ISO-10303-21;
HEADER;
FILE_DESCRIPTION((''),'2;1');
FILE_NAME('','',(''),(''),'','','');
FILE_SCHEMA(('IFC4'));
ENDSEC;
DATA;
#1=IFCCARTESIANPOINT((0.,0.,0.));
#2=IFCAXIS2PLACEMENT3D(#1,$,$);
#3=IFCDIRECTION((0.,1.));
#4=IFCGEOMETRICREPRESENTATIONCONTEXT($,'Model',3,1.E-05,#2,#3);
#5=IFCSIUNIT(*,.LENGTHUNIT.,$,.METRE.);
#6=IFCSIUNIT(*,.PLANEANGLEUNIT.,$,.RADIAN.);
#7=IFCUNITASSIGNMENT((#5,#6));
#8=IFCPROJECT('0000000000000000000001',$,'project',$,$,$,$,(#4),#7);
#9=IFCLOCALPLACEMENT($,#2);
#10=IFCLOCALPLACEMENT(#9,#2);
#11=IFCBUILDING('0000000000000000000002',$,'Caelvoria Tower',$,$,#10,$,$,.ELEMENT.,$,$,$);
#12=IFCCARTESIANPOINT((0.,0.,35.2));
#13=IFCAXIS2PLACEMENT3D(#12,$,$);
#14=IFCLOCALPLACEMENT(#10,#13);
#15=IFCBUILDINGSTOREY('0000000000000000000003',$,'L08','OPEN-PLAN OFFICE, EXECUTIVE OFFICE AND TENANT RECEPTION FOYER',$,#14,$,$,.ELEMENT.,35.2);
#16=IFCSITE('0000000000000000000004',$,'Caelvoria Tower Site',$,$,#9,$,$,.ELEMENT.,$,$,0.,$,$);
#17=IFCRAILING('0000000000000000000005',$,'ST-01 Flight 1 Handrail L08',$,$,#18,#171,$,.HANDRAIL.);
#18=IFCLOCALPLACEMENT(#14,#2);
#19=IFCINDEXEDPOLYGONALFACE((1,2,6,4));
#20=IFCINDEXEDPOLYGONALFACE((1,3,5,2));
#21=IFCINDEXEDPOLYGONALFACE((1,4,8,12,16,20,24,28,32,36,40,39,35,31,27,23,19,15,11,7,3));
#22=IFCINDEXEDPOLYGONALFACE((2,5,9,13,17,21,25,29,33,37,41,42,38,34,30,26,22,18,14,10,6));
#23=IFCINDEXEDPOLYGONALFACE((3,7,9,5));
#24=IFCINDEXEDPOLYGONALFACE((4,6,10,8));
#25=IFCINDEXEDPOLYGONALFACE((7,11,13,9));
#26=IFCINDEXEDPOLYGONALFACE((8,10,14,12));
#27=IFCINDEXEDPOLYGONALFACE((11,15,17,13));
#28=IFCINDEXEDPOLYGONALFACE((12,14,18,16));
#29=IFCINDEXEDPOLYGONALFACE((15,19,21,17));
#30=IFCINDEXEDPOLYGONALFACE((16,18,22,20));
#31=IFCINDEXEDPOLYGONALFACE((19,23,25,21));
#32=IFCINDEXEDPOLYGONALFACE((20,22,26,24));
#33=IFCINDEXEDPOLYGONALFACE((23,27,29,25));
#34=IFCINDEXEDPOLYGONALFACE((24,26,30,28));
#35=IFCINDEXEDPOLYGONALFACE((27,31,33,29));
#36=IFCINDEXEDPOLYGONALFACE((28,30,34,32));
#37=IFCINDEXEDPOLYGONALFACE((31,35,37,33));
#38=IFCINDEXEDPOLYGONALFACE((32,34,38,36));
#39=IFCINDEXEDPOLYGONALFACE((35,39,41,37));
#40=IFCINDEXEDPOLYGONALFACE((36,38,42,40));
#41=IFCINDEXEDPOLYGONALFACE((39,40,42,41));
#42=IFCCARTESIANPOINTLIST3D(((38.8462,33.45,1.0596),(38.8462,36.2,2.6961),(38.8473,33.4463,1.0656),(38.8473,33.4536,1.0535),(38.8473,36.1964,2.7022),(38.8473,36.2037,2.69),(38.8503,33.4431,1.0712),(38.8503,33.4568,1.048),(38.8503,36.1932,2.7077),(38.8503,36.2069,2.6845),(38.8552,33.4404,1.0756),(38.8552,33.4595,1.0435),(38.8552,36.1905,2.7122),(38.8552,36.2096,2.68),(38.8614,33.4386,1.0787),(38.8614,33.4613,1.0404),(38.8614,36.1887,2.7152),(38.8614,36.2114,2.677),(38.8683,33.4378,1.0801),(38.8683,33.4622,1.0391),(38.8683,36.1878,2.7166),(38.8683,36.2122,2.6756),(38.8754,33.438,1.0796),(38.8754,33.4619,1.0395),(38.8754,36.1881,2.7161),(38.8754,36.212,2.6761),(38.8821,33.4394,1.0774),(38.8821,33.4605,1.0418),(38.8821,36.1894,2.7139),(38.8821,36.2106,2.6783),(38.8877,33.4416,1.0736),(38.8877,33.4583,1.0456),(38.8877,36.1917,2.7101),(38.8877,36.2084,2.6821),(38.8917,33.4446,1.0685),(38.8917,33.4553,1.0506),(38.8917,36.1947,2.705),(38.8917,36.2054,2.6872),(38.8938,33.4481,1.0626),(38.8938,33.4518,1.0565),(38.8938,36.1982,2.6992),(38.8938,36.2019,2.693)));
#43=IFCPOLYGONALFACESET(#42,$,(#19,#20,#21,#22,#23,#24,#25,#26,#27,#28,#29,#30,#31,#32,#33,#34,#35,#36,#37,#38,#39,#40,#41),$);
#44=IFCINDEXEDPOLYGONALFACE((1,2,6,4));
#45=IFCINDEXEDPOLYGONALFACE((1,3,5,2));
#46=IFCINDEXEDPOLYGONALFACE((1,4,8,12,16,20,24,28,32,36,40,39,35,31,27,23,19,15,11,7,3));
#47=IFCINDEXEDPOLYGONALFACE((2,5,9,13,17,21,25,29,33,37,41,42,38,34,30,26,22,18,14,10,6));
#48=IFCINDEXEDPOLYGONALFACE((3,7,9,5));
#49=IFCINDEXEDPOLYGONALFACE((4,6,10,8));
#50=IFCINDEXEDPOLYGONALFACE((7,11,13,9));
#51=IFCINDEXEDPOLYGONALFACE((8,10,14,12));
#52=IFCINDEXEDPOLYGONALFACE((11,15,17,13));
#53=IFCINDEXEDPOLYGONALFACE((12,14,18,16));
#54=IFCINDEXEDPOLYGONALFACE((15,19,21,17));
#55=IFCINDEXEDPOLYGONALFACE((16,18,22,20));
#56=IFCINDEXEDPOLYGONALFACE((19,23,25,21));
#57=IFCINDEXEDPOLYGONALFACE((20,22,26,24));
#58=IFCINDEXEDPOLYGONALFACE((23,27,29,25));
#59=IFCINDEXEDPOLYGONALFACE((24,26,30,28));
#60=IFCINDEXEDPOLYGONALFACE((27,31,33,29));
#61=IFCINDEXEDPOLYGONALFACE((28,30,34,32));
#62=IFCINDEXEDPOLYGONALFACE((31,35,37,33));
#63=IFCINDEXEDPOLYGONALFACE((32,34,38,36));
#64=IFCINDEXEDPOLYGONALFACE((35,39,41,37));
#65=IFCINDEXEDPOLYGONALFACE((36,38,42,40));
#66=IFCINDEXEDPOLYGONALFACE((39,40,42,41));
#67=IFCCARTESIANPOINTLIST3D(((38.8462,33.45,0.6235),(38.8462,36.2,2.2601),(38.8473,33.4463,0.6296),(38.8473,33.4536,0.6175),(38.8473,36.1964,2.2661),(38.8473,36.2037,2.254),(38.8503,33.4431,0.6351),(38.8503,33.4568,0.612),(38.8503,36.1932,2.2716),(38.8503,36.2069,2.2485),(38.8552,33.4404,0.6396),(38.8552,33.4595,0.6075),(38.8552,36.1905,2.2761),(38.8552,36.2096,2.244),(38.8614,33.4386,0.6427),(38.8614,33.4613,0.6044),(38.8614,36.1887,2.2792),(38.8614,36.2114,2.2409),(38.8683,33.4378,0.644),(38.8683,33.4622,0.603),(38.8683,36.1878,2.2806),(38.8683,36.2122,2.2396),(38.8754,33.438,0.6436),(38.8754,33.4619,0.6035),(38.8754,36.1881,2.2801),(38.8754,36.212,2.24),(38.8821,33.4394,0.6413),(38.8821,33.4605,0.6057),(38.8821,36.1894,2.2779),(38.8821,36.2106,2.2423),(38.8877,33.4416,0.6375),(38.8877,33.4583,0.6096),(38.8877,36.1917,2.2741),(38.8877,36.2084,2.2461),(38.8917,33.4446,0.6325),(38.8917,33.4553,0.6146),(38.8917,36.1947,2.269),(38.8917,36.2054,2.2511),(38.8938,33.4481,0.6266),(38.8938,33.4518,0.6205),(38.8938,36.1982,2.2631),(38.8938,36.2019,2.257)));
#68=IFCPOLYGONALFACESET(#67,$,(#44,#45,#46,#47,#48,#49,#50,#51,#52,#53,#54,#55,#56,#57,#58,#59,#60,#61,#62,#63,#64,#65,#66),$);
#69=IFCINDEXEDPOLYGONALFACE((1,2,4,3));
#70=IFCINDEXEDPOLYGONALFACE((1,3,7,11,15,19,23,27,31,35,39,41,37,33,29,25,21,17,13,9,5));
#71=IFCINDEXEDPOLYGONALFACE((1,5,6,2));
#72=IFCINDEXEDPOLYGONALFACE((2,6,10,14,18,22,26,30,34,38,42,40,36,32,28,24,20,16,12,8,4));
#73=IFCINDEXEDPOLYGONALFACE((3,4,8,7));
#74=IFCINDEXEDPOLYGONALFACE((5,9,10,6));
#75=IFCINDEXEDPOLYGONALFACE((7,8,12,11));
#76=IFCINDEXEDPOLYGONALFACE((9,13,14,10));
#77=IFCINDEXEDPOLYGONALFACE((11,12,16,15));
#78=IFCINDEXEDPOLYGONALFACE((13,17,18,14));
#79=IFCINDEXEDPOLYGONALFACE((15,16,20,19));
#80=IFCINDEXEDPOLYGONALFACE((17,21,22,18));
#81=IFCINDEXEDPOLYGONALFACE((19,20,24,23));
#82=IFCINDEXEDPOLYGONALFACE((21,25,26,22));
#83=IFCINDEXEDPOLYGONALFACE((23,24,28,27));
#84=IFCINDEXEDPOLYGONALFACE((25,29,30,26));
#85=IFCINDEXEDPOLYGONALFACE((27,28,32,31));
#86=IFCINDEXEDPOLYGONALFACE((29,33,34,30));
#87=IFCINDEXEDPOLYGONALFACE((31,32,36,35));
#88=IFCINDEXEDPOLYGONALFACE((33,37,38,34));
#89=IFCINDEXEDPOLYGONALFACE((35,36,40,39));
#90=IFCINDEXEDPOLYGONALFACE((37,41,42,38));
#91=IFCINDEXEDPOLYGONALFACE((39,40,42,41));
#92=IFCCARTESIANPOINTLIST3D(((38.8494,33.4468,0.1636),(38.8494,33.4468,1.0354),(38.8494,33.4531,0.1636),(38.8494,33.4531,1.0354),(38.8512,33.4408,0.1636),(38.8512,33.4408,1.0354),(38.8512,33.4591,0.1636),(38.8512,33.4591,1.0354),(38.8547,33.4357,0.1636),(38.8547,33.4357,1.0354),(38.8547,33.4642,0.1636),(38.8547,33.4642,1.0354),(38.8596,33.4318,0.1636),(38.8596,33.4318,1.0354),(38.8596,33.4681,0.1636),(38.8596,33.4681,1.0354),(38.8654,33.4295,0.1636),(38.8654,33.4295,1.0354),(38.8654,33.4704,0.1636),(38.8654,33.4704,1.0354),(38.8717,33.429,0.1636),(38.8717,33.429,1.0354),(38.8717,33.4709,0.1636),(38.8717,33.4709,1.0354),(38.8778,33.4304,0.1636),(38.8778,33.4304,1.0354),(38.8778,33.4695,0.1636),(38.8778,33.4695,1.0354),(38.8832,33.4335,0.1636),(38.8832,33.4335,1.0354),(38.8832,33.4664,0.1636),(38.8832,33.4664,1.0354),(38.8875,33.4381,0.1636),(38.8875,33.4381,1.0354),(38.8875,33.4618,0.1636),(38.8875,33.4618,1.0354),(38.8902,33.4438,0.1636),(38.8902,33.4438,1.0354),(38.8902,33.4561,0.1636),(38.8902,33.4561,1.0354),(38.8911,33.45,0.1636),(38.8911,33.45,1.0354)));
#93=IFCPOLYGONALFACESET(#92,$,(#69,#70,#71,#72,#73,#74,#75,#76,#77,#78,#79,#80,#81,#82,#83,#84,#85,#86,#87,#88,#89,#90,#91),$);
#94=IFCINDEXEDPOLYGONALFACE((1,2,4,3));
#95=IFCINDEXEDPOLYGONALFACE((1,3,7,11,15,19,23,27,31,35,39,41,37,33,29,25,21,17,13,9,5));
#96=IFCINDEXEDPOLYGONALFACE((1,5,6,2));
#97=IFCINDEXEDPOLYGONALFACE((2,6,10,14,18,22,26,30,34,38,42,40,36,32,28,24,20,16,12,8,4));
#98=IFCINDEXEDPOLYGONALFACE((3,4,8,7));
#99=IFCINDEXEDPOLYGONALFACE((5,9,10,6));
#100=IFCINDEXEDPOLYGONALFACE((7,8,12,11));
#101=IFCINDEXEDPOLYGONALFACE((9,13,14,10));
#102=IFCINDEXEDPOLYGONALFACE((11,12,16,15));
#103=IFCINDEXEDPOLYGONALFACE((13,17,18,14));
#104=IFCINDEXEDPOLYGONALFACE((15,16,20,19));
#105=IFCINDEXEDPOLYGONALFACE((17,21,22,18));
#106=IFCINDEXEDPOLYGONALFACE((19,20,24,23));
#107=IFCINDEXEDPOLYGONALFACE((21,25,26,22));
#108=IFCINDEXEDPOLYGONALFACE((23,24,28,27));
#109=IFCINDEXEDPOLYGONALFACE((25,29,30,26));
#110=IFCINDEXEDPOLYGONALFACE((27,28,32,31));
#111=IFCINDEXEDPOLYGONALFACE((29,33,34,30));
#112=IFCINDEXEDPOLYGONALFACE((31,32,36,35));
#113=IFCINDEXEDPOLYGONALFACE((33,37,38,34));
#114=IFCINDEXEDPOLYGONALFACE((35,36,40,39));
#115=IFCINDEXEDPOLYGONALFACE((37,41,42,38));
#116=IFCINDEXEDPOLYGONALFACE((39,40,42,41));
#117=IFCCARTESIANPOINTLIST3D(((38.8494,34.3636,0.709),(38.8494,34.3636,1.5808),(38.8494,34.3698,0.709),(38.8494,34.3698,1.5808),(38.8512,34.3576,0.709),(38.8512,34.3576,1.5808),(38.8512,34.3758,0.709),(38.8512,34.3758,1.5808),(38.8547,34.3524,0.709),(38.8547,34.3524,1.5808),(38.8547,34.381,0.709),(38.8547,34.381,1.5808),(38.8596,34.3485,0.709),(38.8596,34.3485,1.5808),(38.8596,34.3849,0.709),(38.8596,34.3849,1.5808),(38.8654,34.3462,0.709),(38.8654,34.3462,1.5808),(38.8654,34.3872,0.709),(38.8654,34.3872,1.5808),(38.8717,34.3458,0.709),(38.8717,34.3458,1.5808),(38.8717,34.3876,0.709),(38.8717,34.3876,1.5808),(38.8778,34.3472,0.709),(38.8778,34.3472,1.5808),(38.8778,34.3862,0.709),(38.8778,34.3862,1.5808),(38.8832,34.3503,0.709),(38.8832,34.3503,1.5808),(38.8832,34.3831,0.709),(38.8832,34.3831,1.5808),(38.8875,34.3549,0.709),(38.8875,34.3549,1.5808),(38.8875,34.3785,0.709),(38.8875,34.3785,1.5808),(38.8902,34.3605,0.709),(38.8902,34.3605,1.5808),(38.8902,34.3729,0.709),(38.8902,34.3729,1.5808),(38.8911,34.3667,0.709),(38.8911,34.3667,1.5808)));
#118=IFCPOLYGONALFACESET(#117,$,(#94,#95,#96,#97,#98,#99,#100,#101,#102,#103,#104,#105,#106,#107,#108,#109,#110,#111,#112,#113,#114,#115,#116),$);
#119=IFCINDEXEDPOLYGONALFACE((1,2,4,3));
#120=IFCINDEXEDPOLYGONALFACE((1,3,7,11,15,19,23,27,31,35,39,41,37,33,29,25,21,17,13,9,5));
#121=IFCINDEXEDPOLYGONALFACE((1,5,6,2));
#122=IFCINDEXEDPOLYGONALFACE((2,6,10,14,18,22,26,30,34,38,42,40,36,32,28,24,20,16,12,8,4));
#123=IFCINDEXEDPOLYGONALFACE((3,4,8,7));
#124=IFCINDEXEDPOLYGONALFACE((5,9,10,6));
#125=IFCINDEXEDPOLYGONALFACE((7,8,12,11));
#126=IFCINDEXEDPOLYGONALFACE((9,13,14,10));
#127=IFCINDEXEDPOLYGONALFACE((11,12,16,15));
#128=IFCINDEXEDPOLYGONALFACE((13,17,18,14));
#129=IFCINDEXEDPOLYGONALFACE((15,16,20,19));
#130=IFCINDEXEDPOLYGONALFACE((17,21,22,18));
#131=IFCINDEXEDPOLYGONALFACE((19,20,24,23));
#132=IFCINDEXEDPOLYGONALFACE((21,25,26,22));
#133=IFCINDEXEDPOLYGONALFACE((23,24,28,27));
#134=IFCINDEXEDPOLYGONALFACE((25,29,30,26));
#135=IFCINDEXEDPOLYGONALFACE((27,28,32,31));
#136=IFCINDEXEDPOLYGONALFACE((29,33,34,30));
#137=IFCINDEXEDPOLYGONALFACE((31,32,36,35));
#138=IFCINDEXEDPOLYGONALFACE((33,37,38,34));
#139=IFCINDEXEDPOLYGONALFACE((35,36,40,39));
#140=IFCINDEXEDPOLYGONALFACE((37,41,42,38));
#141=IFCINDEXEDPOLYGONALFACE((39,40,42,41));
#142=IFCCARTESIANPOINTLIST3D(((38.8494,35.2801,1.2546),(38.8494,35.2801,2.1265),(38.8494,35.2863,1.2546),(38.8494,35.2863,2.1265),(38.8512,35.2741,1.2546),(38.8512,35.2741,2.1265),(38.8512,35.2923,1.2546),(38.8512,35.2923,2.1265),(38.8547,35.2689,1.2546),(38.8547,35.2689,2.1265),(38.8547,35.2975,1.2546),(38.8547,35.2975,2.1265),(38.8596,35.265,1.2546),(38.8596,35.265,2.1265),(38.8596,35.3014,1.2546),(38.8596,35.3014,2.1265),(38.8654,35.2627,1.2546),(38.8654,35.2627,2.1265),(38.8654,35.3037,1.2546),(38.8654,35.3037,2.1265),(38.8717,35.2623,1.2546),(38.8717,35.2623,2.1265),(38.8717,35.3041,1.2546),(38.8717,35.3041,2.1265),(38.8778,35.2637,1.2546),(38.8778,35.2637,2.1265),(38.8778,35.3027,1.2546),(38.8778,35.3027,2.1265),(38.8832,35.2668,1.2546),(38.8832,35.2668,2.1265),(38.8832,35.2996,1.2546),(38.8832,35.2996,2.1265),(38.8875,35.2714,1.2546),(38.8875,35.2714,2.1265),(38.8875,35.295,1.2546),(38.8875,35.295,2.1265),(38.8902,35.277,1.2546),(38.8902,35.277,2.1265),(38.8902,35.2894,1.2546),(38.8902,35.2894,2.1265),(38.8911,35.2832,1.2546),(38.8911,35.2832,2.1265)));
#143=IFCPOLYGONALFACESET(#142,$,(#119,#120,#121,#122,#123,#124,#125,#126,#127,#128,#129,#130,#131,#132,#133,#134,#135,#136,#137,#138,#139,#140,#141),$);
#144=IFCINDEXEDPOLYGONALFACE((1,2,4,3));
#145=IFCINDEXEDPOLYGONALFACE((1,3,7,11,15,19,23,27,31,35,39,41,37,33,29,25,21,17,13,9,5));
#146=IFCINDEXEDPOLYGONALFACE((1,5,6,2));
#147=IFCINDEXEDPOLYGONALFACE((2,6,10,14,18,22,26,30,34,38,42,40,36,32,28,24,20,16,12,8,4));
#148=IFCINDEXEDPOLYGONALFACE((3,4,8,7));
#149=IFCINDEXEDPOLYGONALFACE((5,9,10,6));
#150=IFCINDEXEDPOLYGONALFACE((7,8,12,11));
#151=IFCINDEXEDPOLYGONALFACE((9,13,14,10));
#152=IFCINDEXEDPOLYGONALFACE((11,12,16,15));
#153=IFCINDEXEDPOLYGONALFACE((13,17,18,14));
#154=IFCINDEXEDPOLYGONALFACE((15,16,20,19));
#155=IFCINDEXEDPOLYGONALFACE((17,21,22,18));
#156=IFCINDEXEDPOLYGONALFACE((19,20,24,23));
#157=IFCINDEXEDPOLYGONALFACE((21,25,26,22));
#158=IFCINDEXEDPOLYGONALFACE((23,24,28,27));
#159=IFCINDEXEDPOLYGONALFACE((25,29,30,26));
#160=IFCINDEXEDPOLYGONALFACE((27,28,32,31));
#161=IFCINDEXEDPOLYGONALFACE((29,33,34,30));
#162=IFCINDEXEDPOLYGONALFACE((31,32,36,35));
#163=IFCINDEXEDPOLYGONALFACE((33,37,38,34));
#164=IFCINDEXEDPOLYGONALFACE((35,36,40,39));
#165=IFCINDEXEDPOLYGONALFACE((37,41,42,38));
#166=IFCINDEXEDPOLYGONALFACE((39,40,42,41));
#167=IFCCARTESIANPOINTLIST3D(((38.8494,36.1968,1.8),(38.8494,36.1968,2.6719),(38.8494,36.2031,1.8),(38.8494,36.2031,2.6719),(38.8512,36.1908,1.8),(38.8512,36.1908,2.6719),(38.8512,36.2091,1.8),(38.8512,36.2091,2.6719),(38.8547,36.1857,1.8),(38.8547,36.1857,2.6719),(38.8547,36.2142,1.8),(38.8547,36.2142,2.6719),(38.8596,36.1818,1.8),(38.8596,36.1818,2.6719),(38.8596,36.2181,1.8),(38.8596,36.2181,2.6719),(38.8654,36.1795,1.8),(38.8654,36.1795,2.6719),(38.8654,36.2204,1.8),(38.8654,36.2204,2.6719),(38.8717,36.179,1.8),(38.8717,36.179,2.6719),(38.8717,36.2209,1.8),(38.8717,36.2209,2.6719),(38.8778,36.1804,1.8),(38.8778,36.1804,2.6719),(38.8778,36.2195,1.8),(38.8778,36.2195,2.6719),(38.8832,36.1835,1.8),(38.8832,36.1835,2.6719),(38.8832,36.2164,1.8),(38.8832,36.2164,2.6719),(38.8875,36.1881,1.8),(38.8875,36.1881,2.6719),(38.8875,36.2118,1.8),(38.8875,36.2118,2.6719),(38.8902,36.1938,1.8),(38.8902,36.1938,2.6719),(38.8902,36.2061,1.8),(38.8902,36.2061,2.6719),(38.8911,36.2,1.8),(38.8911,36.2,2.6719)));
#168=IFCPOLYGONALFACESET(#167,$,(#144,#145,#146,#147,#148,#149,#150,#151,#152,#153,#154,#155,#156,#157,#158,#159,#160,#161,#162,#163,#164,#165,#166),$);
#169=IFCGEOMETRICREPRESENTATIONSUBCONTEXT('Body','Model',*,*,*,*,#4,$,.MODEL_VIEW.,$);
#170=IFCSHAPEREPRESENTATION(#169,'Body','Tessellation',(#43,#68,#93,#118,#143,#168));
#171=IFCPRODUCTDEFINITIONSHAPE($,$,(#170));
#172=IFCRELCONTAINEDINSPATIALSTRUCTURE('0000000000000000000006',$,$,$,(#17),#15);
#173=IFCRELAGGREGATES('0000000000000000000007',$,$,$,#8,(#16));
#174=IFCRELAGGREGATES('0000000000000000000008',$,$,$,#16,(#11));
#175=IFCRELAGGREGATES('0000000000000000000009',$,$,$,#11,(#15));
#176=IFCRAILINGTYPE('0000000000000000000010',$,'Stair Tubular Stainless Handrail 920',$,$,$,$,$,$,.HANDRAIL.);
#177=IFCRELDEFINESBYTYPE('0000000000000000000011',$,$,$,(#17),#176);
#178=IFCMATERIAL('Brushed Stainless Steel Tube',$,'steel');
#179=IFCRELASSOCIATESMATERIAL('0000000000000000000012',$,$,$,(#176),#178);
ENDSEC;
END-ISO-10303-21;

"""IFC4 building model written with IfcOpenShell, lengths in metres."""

from ifc_helpers import new_model, si_unit, direction, frame, origin, origin_2d, place, context, subcontext, project, spatial, circle, extrude, material, type_object, element, save


model = new_model("IFC4")

# Units and contexts
model_context = context("Model", 3, precision=1e-05, world=origin(), true_north=direction((0.0, 1.0)))
body_context = subcontext(model_context, "Body", "Model", "MODEL_VIEW")
ifc_project = project(units=[si_unit("LENGTHUNIT", "METRE"), si_unit("PLANEANGLEUNIT", "RADIAN")], contexts=[model_context])

# Site, building, storey
site_placement = place(None, origin())
site = spatial("IfcSite", under=ifc_project, at=site_placement, Name="Caelvoria Tower Site", CompositionType="ELEMENT", RefElevation=0.0)
building_placement = place(site_placement, origin())
building = spatial("IfcBuilding", under=site, at=building_placement, Name="Caelvoria Tower", CompositionType="ELEMENT")
storey_placement = place(building_placement, frame((0.0, 0.0, 35.2)))
storey = spatial("IfcBuildingStorey", under=building, at=storey_placement, Name="L08", Description="OPEN-PLAN OFFICE, EXECUTIVE OFFICE AND TENANT RECEPTION FOYER", CompositionType="ELEMENT", Elevation=35.2)

# Railing
ifc_material_1 = material(Name="Brushed Stainless Steel Tube", Category="steel")
railing_type_1 = type_object("IfcRailingType", Name="Stair Tubular Stainless Handrail 920", PredefinedType="HANDRAIL", material=ifc_material_1)
railing_1_placement = place(storey_placement, frame((38.8701, 33.45, 0.1636)))
element("IfcRailing", 1, at=railing_1_placement, inside=storey, type_object=railing_type_1, Name="ST-01 Flight 1 Handrail L08", PredefinedType="HANDRAIL", context=body_context, shape_type="SweptSolid", body=[
    extrude(circle(Radius=0.0239, at=origin_2d()), frame((0.0, 0.0, 0.896), z_axis=(0.0, 0.859352, 0.511385), x_axis=(-1.0, 0.0, 0.0)), (0.0, 0.0, 1.0), 3.2002),
    extrude(circle(Radius=0.0239, at=origin_2d()), frame((0.0, 0.0, 0.46), z_axis=(0.0, 0.859352, 0.511385), x_axis=(-1.0, 0.0, 0.0)), (0.0, 0.0, 1.0), 3.2002),
    extrude(circle(Radius=0.021, at=origin_2d()), origin(), (0.0, 0.0, 1.0), 0.8718),
    extrude(circle(Radius=0.021, at=origin_2d()), frame((0.0, 0.9167, 0.5454)), (0.0, 0.0, 1.0), 0.8718),
    extrude(circle(Radius=0.021, at=origin_2d()), frame((0.0, 1.8333, 1.0911)), (0.0, 0.0, 1.0), 0.8718),
    extrude(circle(Radius=0.021, at=origin_2d()), frame((0.0, 2.75, 1.6365)), (0.0, 0.0, 1.0), 0.8718),
])

save(model, "model.ifc")
